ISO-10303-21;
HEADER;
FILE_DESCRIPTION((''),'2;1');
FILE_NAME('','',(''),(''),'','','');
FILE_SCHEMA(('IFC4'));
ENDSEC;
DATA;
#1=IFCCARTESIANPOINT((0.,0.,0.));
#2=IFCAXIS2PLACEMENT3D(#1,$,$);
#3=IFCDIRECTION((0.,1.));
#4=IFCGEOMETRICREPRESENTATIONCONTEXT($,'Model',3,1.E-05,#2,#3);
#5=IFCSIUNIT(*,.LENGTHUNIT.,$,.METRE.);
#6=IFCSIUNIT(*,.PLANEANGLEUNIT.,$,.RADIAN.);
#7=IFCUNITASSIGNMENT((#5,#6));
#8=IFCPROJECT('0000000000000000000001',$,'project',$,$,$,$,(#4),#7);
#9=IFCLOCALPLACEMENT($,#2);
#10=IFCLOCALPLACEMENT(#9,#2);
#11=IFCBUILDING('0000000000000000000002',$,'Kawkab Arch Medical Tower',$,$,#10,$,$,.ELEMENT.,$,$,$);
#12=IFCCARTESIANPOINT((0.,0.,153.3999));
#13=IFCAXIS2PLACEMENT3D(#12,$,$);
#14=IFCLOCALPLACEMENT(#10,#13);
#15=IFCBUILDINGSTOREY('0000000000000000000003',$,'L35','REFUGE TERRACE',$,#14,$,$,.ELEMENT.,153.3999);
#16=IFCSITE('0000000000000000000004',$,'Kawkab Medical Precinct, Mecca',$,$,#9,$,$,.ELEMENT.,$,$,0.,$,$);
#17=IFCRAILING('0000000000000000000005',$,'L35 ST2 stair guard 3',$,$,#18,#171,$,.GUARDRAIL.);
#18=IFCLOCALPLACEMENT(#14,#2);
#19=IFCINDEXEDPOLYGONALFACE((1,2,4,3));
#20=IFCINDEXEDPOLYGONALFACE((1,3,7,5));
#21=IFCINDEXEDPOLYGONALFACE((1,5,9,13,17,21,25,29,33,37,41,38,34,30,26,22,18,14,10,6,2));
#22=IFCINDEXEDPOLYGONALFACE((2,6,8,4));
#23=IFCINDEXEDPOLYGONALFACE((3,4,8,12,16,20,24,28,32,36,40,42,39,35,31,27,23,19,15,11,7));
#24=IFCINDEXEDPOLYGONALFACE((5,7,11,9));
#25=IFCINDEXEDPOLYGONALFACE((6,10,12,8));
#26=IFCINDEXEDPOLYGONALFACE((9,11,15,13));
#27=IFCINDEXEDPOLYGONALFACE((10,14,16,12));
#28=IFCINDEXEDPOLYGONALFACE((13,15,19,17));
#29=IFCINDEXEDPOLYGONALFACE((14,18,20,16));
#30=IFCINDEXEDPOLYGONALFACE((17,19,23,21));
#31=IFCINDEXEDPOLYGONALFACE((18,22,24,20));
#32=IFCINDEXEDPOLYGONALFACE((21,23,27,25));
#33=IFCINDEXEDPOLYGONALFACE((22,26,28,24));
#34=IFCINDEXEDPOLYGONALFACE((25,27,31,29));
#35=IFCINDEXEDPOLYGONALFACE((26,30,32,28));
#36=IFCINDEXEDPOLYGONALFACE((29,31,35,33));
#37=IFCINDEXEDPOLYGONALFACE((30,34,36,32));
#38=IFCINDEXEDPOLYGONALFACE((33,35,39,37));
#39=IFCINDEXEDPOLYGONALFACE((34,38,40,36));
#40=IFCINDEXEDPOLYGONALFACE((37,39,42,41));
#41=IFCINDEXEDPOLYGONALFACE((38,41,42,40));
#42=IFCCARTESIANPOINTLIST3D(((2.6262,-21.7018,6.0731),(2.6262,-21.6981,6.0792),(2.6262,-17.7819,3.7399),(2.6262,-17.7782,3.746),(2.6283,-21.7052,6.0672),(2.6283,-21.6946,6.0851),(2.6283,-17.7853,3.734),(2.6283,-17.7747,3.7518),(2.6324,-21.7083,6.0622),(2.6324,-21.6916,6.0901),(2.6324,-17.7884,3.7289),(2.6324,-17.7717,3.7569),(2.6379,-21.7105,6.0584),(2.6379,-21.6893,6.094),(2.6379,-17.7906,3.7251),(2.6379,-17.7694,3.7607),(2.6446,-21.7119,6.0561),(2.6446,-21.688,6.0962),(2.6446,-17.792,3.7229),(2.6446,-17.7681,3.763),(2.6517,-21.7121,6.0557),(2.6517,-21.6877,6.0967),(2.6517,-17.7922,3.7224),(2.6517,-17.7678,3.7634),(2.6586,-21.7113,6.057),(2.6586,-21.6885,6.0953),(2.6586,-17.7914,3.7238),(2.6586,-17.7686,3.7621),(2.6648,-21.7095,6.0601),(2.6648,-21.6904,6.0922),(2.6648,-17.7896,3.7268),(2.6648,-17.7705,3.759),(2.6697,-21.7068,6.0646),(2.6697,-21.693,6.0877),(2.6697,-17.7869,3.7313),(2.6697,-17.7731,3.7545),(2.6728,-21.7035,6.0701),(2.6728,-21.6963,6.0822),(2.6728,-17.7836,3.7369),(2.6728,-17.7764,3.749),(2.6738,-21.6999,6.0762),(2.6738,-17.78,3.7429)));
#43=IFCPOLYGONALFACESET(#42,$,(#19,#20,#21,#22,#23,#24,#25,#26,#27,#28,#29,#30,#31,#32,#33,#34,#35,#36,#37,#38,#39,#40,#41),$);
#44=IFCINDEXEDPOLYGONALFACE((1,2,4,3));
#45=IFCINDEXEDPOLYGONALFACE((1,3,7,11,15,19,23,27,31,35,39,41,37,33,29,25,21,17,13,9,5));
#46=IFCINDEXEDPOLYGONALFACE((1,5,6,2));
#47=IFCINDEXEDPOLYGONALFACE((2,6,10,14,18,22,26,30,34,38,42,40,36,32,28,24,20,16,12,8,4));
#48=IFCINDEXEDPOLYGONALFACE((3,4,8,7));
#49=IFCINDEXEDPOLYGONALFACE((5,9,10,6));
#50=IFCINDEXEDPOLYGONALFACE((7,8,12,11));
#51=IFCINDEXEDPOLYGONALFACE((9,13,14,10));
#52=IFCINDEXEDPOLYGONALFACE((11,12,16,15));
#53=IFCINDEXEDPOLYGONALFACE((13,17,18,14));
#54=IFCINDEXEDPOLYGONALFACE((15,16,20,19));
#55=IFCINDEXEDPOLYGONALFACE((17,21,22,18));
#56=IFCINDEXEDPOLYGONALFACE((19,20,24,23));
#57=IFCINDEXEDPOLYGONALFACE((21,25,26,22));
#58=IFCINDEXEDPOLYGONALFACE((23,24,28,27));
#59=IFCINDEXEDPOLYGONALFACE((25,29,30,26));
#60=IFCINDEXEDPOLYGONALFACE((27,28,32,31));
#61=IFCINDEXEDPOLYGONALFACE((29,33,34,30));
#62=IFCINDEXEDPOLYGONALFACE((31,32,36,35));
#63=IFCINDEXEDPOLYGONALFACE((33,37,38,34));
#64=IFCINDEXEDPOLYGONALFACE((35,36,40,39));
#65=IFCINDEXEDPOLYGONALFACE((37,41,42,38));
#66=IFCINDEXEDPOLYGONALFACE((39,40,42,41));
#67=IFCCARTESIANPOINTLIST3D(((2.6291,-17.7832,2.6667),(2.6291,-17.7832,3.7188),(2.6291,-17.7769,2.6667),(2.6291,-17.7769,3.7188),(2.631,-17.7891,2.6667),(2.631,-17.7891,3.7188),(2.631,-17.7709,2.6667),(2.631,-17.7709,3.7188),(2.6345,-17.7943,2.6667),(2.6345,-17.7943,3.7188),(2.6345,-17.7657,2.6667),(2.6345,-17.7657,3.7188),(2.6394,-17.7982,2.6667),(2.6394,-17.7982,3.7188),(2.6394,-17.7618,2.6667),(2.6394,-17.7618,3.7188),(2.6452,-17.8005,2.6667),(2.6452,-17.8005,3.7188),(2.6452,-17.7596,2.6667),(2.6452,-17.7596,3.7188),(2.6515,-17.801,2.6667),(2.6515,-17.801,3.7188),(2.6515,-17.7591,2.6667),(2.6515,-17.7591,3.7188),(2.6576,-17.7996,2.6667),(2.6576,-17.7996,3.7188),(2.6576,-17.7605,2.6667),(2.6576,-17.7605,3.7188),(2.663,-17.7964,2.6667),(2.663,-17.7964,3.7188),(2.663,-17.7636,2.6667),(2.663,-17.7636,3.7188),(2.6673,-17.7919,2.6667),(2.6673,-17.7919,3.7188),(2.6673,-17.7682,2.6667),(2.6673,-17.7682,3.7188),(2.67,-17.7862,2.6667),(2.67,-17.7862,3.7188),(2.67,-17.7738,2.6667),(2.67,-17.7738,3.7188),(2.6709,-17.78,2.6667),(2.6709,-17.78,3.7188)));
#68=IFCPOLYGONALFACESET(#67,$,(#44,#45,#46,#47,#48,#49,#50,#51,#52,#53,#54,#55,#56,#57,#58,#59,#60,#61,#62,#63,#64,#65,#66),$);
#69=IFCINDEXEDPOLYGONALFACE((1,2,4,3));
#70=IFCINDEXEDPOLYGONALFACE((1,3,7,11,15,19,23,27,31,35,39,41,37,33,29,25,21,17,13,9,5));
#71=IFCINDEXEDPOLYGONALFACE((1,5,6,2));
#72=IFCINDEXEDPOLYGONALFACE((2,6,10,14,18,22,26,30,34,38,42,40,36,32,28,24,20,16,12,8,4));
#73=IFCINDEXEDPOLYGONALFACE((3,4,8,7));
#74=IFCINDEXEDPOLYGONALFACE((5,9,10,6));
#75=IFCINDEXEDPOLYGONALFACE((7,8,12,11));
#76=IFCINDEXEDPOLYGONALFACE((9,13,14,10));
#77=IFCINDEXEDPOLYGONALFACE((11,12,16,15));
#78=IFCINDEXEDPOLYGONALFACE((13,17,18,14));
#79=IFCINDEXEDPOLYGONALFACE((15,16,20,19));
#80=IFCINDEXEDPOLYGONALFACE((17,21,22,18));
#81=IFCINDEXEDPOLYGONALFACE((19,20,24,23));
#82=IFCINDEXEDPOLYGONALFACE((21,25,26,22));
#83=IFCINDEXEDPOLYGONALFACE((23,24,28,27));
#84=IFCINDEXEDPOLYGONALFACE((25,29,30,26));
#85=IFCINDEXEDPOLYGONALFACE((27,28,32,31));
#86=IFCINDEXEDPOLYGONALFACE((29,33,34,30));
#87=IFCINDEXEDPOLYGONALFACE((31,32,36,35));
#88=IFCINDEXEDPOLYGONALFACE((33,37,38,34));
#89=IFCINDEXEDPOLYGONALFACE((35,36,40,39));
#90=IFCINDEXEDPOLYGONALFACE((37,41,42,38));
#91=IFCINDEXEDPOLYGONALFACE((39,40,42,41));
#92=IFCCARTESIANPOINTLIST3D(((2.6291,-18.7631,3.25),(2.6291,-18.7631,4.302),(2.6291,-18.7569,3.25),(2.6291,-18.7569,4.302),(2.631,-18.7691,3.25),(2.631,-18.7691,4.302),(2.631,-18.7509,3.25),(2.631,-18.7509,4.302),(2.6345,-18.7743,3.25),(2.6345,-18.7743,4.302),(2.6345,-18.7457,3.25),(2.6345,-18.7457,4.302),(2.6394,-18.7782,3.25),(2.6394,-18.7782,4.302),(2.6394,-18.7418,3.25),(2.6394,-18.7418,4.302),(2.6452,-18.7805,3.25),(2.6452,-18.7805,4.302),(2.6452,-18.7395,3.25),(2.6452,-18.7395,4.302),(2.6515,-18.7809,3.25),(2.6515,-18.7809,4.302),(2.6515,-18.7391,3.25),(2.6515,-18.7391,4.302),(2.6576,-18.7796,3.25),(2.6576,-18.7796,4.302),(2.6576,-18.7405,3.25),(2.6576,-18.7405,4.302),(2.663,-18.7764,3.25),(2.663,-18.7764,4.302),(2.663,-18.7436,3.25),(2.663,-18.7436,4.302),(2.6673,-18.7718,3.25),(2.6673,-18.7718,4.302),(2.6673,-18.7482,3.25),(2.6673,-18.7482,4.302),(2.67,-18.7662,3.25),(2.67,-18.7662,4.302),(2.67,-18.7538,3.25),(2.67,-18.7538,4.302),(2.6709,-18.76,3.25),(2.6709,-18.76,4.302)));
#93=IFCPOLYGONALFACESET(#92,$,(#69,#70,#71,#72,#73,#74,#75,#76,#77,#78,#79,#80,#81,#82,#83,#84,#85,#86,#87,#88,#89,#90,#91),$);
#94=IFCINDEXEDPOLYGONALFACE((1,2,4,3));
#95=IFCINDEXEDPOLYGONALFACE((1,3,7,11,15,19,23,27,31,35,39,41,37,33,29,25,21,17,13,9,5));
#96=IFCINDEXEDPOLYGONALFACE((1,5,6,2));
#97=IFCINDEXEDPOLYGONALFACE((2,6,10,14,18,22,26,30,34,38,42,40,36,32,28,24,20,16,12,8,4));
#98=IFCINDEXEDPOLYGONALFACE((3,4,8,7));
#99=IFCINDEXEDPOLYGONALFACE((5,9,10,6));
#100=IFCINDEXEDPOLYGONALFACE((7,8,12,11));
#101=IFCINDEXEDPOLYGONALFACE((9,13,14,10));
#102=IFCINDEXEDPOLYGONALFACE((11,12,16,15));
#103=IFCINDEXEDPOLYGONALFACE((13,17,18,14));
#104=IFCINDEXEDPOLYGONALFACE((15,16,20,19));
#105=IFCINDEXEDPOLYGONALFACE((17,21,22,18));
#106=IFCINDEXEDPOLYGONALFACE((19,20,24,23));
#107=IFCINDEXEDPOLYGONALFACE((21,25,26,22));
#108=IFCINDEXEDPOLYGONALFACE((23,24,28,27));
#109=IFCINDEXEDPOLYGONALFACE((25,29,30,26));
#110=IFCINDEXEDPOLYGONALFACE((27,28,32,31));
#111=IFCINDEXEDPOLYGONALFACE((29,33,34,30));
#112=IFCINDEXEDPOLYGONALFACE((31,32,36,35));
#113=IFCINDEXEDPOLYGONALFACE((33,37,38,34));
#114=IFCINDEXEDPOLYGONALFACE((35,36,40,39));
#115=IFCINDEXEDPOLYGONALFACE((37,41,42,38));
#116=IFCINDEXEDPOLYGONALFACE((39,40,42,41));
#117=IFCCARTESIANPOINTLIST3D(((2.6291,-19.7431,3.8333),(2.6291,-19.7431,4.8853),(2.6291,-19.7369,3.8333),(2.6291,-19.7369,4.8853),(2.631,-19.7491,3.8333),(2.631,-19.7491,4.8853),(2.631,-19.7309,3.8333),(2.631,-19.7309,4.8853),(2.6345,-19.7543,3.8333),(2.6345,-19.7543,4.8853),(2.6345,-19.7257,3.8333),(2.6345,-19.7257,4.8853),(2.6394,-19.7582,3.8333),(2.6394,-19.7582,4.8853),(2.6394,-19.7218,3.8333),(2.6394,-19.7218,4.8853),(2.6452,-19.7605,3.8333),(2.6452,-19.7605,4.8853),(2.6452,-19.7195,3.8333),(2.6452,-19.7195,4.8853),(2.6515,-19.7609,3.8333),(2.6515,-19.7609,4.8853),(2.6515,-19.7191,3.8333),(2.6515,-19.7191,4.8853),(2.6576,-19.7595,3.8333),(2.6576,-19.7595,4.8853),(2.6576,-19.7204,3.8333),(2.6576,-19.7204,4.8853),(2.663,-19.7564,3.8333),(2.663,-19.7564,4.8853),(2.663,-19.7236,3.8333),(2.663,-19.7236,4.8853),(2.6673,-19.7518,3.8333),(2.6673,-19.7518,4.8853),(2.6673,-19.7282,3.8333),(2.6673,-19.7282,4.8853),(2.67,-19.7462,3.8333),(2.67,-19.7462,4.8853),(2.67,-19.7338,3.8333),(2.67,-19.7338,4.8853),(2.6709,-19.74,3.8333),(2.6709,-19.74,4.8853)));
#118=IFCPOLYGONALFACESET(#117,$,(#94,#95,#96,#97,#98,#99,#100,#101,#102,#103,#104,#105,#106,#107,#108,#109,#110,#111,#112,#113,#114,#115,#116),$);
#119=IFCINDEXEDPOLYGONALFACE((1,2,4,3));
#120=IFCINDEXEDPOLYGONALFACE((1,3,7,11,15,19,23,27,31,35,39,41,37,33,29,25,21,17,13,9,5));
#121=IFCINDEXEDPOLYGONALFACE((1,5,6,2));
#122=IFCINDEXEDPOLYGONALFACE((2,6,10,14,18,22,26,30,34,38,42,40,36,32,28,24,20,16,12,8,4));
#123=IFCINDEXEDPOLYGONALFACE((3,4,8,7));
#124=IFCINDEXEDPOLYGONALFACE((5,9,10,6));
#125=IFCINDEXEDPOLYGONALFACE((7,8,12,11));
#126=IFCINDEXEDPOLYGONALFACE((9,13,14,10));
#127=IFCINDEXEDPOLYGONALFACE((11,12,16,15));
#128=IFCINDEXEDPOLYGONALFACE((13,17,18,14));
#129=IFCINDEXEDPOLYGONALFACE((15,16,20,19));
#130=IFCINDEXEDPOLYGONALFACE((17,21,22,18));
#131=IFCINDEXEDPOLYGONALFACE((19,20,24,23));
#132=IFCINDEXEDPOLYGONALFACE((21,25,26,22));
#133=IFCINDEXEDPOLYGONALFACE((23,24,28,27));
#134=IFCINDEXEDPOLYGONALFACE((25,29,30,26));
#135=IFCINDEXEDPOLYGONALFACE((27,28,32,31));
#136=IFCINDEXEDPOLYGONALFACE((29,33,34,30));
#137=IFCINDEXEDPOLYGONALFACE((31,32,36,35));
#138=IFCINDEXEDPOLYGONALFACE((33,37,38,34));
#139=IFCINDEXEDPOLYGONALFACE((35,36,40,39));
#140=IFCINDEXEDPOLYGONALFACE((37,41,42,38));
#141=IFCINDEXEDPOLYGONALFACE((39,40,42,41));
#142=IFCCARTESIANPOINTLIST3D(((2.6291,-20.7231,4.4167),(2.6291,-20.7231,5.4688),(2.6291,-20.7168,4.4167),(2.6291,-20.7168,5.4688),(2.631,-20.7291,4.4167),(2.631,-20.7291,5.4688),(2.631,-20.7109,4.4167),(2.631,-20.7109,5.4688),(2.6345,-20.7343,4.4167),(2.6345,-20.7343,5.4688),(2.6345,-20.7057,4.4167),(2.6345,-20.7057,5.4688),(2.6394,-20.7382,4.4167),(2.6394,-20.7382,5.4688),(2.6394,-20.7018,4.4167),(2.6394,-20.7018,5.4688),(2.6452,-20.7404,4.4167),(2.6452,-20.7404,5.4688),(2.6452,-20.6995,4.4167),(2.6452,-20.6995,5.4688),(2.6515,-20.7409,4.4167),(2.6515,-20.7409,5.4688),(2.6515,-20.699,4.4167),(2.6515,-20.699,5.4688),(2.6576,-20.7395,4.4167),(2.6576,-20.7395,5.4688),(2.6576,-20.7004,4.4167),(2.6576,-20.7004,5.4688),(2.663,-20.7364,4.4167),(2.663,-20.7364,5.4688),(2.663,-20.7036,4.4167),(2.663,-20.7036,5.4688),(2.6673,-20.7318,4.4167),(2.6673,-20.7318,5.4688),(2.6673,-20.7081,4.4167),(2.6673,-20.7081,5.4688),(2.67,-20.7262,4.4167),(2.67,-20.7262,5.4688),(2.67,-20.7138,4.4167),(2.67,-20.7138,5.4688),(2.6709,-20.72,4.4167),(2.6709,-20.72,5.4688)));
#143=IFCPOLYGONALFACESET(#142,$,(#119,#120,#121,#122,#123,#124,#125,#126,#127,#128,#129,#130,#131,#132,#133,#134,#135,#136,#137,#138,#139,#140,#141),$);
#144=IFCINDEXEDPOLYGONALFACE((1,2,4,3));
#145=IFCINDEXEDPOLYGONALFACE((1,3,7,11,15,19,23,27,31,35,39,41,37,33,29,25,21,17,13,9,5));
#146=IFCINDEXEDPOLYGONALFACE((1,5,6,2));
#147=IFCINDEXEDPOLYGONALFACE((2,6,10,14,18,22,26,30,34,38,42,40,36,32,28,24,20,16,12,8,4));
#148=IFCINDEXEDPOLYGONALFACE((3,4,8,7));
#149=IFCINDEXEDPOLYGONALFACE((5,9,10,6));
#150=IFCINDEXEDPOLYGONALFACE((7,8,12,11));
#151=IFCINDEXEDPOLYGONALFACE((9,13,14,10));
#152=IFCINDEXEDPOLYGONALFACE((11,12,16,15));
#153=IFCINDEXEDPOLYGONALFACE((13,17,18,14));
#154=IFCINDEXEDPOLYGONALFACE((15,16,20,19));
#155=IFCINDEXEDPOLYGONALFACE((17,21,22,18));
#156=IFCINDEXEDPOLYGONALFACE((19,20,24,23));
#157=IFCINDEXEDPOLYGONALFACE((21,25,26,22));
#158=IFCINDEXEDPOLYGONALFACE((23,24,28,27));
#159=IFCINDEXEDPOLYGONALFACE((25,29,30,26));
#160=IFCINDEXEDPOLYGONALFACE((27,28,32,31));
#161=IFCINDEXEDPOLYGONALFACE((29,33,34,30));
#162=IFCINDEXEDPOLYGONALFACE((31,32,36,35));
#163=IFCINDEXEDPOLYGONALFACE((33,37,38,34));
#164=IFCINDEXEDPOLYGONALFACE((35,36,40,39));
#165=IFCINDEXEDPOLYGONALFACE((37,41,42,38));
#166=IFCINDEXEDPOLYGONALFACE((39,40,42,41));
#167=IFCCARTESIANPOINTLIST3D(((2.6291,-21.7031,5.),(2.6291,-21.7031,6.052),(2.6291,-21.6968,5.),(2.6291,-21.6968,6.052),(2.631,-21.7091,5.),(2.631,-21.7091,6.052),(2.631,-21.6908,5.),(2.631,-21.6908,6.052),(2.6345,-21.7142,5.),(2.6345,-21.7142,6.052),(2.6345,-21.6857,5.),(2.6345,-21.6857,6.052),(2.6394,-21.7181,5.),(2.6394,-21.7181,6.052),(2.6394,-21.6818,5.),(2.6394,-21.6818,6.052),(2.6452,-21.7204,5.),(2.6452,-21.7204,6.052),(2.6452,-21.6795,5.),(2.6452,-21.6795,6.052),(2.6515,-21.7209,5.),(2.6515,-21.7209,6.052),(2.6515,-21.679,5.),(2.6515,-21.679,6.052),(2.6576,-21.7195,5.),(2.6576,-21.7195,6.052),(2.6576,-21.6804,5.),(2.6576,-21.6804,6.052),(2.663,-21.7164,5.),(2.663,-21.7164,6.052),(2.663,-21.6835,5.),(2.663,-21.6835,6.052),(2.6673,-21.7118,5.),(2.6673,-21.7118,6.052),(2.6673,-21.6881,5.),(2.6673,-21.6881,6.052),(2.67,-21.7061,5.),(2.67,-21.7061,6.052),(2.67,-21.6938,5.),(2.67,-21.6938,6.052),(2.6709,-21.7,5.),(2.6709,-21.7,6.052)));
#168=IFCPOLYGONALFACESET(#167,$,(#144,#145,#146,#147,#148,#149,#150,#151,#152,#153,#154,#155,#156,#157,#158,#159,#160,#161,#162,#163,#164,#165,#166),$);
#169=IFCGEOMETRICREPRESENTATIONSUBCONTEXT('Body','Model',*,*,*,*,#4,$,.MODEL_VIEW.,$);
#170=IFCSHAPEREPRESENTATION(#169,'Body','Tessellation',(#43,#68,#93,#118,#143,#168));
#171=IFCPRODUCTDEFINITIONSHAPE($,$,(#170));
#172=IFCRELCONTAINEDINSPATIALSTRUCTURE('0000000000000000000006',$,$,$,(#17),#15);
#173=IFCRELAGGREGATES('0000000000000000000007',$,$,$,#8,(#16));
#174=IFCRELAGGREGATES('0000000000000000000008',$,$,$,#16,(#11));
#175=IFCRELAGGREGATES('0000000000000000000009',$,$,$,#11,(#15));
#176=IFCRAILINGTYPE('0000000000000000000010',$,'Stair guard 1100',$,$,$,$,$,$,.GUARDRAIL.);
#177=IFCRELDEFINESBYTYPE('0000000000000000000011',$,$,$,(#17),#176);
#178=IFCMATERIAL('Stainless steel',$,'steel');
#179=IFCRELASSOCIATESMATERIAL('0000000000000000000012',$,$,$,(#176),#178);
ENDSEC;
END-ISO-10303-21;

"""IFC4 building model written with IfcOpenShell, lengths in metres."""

from ifc_helpers import new_model, si_unit, direction, frame, origin, origin_2d, place, context, subcontext, project, spatial, circle, extrude, material, type_object, element, save


model = new_model("IFC4")

# Units and contexts
model_context = context("Model", 3, precision=1e-05, world=origin(), true_north=direction((0.0, 1.0)))
body_context = subcontext(model_context, "Body", "Model", "MODEL_VIEW")
ifc_project = project(units=[si_unit("LENGTHUNIT", "METRE"), si_unit("PLANEANGLEUNIT", "RADIAN")], contexts=[model_context])

# Site, building, storey
site_placement = place(None, origin())
site = spatial("IfcSite", under=ifc_project, at=site_placement, Name="Kawkab Medical Precinct, Mecca", CompositionType="ELEMENT", RefElevation=0.0)
building_placement = place(site_placement, origin())
building = spatial("IfcBuilding", under=site, at=building_placement, Name="Kawkab Arch Medical Tower", CompositionType="ELEMENT")
storey_placement = place(building_placement, frame((0.0, 0.0, 153.3999)))
storey = spatial("IfcBuildingStorey", under=building, at=storey_placement, Name="L35", Description="REFUGE TERRACE", CompositionType="ELEMENT", Elevation=153.3999)

# Railing
ifc_material_1 = material(Name="Stainless steel", Category="steel")
railing_type_1 = type_object("IfcRailingType", Name="Stair guard 1100", PredefinedType="GUARDRAIL", material=ifc_material_1)
railing_1_placement = place(storey_placement, frame((2.6499, -17.78, 2.6667)))
element("IfcRailing", 1, at=railing_1_placement, inside=storey, type_object=railing_type_1, Name="L35 ST2 stair guard 3", PredefinedType="GUARDRAIL", context=body_context, shape_type="SweptSolid", body=[
    extrude(circle(Radius=0.0239, at=origin_2d()), frame((0.0, 0.0, 1.0762), z_axis=(0.0, -0.859296, 0.511478), x_axis=(1.0, 0.0, 0.0)), (0.0, 0.0, 1.0), 4.5618),
    extrude(circle(Radius=0.021, at=origin_2d()), origin(), (0.0, 0.0, 1.0), 1.052),
    extrude(circle(Radius=0.021, at=origin_2d()), frame((0.0, -0.98, 0.5833)), (0.0, 0.0, 1.0), 1.052),
    extrude(circle(Radius=0.021, at=origin_2d()), frame((0.0, -1.96, 1.1665)), (0.0, 0.0, 1.0), 1.052),
    extrude(circle(Radius=0.021, at=origin_2d()), frame((0.0, -2.9399, 1.75)), (0.0, 0.0, 1.0), 1.052),
    extrude(circle(Radius=0.021, at=origin_2d()), frame((0.0, -3.9199, 2.3333)), (0.0, 0.0, 1.0), 1.052),
])

save(model, "model.ifc")
